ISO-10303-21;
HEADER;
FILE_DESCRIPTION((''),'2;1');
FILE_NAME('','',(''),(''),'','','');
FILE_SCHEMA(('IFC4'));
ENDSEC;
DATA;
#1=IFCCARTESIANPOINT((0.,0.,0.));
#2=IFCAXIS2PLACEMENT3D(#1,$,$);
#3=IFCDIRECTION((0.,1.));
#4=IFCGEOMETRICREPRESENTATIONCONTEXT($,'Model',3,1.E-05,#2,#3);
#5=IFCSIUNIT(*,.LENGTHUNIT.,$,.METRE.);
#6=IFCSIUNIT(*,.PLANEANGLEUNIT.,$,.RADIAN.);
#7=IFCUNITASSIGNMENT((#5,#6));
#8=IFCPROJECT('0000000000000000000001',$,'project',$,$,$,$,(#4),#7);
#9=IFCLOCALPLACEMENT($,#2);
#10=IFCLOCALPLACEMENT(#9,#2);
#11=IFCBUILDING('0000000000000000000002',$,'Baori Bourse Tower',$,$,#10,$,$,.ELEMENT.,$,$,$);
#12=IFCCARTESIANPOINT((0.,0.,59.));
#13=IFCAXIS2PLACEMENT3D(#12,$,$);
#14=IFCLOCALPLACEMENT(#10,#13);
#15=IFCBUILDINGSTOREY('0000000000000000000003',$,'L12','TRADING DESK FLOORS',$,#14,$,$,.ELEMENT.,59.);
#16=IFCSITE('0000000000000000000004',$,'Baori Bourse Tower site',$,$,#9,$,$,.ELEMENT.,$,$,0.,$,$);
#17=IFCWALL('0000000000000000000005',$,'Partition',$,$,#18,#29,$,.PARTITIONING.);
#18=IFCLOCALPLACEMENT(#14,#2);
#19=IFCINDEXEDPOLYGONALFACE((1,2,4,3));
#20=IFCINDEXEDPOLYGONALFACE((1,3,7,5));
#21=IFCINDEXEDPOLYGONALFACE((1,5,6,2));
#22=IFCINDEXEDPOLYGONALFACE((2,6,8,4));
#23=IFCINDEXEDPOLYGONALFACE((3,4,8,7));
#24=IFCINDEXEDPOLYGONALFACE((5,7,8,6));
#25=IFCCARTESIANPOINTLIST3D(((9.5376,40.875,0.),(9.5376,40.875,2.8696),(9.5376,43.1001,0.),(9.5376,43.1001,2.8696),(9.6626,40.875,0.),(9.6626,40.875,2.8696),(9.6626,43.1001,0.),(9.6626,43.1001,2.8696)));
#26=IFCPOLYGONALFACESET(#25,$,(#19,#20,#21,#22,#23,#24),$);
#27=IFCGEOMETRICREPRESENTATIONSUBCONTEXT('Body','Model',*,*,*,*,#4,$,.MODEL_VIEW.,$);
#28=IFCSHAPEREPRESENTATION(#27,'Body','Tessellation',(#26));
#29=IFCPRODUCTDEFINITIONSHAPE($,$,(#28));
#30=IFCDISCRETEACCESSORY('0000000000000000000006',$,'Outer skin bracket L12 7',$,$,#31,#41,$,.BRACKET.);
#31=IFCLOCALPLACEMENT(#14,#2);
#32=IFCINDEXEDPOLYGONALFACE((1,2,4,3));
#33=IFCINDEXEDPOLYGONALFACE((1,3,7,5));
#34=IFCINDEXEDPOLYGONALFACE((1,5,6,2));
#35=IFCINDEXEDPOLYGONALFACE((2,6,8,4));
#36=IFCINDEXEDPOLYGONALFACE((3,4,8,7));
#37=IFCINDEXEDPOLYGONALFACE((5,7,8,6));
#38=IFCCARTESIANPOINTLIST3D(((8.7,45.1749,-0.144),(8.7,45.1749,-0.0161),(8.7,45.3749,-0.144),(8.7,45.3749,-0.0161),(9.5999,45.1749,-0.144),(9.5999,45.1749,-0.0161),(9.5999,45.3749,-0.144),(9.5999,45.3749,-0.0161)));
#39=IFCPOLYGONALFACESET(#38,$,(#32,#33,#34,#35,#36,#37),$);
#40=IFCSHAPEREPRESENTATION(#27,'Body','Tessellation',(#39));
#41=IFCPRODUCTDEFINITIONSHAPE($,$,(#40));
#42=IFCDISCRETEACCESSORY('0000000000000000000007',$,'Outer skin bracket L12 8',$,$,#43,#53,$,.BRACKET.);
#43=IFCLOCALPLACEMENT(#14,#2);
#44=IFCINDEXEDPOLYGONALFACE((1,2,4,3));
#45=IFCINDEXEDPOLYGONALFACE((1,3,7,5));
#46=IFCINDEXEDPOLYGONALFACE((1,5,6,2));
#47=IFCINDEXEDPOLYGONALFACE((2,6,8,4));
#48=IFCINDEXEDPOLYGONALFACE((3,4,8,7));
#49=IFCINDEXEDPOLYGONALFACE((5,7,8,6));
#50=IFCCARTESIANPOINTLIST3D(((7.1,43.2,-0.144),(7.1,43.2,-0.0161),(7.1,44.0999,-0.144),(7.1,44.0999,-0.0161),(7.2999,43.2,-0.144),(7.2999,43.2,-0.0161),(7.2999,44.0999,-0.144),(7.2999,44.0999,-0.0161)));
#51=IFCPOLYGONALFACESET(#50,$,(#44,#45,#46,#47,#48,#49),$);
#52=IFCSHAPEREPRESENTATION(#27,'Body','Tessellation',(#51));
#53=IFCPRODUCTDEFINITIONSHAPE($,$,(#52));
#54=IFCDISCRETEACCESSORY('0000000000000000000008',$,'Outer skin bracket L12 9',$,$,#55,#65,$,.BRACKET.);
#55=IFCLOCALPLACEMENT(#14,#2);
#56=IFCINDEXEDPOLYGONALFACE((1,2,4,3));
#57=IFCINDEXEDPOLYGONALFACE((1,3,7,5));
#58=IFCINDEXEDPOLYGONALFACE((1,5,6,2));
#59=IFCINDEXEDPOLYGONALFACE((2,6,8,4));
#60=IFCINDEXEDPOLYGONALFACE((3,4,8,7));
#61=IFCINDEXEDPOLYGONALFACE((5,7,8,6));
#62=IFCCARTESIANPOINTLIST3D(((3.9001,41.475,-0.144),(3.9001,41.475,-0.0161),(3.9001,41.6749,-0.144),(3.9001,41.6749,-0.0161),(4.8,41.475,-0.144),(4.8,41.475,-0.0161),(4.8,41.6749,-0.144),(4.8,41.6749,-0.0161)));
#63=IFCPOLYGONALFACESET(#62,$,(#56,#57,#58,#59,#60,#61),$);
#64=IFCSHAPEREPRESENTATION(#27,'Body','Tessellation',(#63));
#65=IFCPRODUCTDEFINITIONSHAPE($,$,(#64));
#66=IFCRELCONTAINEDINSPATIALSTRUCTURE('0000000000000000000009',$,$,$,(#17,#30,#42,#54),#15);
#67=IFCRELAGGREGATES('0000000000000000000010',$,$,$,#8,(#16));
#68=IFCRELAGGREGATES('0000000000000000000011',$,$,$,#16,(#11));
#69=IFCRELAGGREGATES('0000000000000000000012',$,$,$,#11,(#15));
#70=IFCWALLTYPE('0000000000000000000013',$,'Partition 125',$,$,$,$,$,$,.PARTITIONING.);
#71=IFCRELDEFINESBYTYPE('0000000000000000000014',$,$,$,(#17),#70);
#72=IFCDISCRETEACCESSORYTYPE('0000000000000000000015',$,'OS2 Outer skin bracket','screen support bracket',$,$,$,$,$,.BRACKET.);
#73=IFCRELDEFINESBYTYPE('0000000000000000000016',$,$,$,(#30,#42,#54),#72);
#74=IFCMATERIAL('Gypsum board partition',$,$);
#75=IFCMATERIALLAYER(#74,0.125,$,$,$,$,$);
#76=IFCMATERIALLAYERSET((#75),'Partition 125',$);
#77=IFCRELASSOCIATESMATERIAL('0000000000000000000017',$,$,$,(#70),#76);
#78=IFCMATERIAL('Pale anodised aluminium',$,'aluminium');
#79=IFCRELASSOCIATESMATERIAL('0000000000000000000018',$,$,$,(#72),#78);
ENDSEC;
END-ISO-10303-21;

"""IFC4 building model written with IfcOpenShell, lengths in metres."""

from ifc_helpers import new_model, si_unit, direction, frame, frame_2d, origin, origin_2d, place, context, subcontext, project, spatial, rectangle, extrude, material, layer, layer_set, type_object, element, save


model = new_model("IFC4")

# Units and contexts
model_context = context("Model", 3, precision=1e-05, world=origin(), true_north=direction((0.0, 1.0)))
body_context = subcontext(model_context, "Body", "Model", "MODEL_VIEW")
ifc_project = project(units=[si_unit("LENGTHUNIT", "METRE"), si_unit("PLANEANGLEUNIT", "RADIAN")], contexts=[model_context])

# Site, building, storey
site_placement = place(None, origin())
site = spatial("IfcSite", under=ifc_project, at=site_placement, Name="Baori Bourse Tower site", CompositionType="ELEMENT", RefElevation=0.0)
building_placement = place(site_placement, origin())
building = spatial("IfcBuilding", under=site, at=building_placement, Name="Baori Bourse Tower", CompositionType="ELEMENT")
storey_placement = place(building_placement, frame((0.0, 0.0, 59.0)))
storey = spatial("IfcBuildingStorey", under=building, at=storey_placement, Name="L12", Description="TRADING DESK FLOORS", CompositionType="ELEMENT", Elevation=59.0)

# Wall
ifc_material_1 = material(Name="Gypsum board partition")
ifc_layer_1 = layer(ifc_material_1, 0.125)
ifc_layer_set_1 = layer_set([ifc_layer_1], Name="Partition 125")
wall_type_1 = type_object("IfcWallType", Name="Partition 125", PredefinedType="PARTITIONING", material=ifc_layer_set_1)
wall_1_placement = place(storey_placement, frame((9.6001, 40.875, 0.0), z_axis=(0.0, 0.0, 1.0), x_axis=(0.0, 1.0, 0.0)))
element("IfcWall", 1, at=wall_1_placement, inside=storey, type_object=wall_type_1, Name="Partition", PredefinedType="PARTITIONING", context=body_context, shape_type="SweptSolid", body=[
    extrude(rectangle(XDim=2.2251, YDim=0.125, at=frame_2d((1.1125, 0.0))), origin(), (0.0, 0.0, 1.0), 2.8696),
])

# Discrete accessories
ifc_material_2 = material(Name="Pale anodised aluminium", Category="aluminium")
discrete_accessory_type = type_object("IfcDiscreteAccessoryType", Name="OS2 Outer skin bracket", Description="screen support bracket", PredefinedType="BRACKET", material=ifc_material_2)
for number, where, z_axis, x_axis, name in (
    (2, (9.1499, 45.2749, -0.144), (0.0, 0.0, 1.0), (0.0, -1.0, 0.0), "Outer skin bracket L12 7"),
    (3, (7.2, 43.6499, -0.144), (0.0, 0.0, 1.0), (-1.0, 0.0, 0.0), "Outer skin bracket L12 8"),
    (4, (4.3501, 41.575, -0.144), (0.0, 0.0, 1.0), (0.0, -1.0, 0.0), "Outer skin bracket L12 9"),
):
    element("IfcDiscreteAccessory", number, at=place(storey_placement, frame(where, z_axis=z_axis, x_axis=x_axis)), inside=storey, type_object=discrete_accessory_type, Name=name, PredefinedType="BRACKET", context=body_context, shape_type="SweptSolid", body=[
        extrude(rectangle(XDim=0.2, YDim=0.8999, at=origin_2d()), origin(), (0.0, 0.0, 1.0), 0.1279),
    ])

save(model, "model.ifc")
